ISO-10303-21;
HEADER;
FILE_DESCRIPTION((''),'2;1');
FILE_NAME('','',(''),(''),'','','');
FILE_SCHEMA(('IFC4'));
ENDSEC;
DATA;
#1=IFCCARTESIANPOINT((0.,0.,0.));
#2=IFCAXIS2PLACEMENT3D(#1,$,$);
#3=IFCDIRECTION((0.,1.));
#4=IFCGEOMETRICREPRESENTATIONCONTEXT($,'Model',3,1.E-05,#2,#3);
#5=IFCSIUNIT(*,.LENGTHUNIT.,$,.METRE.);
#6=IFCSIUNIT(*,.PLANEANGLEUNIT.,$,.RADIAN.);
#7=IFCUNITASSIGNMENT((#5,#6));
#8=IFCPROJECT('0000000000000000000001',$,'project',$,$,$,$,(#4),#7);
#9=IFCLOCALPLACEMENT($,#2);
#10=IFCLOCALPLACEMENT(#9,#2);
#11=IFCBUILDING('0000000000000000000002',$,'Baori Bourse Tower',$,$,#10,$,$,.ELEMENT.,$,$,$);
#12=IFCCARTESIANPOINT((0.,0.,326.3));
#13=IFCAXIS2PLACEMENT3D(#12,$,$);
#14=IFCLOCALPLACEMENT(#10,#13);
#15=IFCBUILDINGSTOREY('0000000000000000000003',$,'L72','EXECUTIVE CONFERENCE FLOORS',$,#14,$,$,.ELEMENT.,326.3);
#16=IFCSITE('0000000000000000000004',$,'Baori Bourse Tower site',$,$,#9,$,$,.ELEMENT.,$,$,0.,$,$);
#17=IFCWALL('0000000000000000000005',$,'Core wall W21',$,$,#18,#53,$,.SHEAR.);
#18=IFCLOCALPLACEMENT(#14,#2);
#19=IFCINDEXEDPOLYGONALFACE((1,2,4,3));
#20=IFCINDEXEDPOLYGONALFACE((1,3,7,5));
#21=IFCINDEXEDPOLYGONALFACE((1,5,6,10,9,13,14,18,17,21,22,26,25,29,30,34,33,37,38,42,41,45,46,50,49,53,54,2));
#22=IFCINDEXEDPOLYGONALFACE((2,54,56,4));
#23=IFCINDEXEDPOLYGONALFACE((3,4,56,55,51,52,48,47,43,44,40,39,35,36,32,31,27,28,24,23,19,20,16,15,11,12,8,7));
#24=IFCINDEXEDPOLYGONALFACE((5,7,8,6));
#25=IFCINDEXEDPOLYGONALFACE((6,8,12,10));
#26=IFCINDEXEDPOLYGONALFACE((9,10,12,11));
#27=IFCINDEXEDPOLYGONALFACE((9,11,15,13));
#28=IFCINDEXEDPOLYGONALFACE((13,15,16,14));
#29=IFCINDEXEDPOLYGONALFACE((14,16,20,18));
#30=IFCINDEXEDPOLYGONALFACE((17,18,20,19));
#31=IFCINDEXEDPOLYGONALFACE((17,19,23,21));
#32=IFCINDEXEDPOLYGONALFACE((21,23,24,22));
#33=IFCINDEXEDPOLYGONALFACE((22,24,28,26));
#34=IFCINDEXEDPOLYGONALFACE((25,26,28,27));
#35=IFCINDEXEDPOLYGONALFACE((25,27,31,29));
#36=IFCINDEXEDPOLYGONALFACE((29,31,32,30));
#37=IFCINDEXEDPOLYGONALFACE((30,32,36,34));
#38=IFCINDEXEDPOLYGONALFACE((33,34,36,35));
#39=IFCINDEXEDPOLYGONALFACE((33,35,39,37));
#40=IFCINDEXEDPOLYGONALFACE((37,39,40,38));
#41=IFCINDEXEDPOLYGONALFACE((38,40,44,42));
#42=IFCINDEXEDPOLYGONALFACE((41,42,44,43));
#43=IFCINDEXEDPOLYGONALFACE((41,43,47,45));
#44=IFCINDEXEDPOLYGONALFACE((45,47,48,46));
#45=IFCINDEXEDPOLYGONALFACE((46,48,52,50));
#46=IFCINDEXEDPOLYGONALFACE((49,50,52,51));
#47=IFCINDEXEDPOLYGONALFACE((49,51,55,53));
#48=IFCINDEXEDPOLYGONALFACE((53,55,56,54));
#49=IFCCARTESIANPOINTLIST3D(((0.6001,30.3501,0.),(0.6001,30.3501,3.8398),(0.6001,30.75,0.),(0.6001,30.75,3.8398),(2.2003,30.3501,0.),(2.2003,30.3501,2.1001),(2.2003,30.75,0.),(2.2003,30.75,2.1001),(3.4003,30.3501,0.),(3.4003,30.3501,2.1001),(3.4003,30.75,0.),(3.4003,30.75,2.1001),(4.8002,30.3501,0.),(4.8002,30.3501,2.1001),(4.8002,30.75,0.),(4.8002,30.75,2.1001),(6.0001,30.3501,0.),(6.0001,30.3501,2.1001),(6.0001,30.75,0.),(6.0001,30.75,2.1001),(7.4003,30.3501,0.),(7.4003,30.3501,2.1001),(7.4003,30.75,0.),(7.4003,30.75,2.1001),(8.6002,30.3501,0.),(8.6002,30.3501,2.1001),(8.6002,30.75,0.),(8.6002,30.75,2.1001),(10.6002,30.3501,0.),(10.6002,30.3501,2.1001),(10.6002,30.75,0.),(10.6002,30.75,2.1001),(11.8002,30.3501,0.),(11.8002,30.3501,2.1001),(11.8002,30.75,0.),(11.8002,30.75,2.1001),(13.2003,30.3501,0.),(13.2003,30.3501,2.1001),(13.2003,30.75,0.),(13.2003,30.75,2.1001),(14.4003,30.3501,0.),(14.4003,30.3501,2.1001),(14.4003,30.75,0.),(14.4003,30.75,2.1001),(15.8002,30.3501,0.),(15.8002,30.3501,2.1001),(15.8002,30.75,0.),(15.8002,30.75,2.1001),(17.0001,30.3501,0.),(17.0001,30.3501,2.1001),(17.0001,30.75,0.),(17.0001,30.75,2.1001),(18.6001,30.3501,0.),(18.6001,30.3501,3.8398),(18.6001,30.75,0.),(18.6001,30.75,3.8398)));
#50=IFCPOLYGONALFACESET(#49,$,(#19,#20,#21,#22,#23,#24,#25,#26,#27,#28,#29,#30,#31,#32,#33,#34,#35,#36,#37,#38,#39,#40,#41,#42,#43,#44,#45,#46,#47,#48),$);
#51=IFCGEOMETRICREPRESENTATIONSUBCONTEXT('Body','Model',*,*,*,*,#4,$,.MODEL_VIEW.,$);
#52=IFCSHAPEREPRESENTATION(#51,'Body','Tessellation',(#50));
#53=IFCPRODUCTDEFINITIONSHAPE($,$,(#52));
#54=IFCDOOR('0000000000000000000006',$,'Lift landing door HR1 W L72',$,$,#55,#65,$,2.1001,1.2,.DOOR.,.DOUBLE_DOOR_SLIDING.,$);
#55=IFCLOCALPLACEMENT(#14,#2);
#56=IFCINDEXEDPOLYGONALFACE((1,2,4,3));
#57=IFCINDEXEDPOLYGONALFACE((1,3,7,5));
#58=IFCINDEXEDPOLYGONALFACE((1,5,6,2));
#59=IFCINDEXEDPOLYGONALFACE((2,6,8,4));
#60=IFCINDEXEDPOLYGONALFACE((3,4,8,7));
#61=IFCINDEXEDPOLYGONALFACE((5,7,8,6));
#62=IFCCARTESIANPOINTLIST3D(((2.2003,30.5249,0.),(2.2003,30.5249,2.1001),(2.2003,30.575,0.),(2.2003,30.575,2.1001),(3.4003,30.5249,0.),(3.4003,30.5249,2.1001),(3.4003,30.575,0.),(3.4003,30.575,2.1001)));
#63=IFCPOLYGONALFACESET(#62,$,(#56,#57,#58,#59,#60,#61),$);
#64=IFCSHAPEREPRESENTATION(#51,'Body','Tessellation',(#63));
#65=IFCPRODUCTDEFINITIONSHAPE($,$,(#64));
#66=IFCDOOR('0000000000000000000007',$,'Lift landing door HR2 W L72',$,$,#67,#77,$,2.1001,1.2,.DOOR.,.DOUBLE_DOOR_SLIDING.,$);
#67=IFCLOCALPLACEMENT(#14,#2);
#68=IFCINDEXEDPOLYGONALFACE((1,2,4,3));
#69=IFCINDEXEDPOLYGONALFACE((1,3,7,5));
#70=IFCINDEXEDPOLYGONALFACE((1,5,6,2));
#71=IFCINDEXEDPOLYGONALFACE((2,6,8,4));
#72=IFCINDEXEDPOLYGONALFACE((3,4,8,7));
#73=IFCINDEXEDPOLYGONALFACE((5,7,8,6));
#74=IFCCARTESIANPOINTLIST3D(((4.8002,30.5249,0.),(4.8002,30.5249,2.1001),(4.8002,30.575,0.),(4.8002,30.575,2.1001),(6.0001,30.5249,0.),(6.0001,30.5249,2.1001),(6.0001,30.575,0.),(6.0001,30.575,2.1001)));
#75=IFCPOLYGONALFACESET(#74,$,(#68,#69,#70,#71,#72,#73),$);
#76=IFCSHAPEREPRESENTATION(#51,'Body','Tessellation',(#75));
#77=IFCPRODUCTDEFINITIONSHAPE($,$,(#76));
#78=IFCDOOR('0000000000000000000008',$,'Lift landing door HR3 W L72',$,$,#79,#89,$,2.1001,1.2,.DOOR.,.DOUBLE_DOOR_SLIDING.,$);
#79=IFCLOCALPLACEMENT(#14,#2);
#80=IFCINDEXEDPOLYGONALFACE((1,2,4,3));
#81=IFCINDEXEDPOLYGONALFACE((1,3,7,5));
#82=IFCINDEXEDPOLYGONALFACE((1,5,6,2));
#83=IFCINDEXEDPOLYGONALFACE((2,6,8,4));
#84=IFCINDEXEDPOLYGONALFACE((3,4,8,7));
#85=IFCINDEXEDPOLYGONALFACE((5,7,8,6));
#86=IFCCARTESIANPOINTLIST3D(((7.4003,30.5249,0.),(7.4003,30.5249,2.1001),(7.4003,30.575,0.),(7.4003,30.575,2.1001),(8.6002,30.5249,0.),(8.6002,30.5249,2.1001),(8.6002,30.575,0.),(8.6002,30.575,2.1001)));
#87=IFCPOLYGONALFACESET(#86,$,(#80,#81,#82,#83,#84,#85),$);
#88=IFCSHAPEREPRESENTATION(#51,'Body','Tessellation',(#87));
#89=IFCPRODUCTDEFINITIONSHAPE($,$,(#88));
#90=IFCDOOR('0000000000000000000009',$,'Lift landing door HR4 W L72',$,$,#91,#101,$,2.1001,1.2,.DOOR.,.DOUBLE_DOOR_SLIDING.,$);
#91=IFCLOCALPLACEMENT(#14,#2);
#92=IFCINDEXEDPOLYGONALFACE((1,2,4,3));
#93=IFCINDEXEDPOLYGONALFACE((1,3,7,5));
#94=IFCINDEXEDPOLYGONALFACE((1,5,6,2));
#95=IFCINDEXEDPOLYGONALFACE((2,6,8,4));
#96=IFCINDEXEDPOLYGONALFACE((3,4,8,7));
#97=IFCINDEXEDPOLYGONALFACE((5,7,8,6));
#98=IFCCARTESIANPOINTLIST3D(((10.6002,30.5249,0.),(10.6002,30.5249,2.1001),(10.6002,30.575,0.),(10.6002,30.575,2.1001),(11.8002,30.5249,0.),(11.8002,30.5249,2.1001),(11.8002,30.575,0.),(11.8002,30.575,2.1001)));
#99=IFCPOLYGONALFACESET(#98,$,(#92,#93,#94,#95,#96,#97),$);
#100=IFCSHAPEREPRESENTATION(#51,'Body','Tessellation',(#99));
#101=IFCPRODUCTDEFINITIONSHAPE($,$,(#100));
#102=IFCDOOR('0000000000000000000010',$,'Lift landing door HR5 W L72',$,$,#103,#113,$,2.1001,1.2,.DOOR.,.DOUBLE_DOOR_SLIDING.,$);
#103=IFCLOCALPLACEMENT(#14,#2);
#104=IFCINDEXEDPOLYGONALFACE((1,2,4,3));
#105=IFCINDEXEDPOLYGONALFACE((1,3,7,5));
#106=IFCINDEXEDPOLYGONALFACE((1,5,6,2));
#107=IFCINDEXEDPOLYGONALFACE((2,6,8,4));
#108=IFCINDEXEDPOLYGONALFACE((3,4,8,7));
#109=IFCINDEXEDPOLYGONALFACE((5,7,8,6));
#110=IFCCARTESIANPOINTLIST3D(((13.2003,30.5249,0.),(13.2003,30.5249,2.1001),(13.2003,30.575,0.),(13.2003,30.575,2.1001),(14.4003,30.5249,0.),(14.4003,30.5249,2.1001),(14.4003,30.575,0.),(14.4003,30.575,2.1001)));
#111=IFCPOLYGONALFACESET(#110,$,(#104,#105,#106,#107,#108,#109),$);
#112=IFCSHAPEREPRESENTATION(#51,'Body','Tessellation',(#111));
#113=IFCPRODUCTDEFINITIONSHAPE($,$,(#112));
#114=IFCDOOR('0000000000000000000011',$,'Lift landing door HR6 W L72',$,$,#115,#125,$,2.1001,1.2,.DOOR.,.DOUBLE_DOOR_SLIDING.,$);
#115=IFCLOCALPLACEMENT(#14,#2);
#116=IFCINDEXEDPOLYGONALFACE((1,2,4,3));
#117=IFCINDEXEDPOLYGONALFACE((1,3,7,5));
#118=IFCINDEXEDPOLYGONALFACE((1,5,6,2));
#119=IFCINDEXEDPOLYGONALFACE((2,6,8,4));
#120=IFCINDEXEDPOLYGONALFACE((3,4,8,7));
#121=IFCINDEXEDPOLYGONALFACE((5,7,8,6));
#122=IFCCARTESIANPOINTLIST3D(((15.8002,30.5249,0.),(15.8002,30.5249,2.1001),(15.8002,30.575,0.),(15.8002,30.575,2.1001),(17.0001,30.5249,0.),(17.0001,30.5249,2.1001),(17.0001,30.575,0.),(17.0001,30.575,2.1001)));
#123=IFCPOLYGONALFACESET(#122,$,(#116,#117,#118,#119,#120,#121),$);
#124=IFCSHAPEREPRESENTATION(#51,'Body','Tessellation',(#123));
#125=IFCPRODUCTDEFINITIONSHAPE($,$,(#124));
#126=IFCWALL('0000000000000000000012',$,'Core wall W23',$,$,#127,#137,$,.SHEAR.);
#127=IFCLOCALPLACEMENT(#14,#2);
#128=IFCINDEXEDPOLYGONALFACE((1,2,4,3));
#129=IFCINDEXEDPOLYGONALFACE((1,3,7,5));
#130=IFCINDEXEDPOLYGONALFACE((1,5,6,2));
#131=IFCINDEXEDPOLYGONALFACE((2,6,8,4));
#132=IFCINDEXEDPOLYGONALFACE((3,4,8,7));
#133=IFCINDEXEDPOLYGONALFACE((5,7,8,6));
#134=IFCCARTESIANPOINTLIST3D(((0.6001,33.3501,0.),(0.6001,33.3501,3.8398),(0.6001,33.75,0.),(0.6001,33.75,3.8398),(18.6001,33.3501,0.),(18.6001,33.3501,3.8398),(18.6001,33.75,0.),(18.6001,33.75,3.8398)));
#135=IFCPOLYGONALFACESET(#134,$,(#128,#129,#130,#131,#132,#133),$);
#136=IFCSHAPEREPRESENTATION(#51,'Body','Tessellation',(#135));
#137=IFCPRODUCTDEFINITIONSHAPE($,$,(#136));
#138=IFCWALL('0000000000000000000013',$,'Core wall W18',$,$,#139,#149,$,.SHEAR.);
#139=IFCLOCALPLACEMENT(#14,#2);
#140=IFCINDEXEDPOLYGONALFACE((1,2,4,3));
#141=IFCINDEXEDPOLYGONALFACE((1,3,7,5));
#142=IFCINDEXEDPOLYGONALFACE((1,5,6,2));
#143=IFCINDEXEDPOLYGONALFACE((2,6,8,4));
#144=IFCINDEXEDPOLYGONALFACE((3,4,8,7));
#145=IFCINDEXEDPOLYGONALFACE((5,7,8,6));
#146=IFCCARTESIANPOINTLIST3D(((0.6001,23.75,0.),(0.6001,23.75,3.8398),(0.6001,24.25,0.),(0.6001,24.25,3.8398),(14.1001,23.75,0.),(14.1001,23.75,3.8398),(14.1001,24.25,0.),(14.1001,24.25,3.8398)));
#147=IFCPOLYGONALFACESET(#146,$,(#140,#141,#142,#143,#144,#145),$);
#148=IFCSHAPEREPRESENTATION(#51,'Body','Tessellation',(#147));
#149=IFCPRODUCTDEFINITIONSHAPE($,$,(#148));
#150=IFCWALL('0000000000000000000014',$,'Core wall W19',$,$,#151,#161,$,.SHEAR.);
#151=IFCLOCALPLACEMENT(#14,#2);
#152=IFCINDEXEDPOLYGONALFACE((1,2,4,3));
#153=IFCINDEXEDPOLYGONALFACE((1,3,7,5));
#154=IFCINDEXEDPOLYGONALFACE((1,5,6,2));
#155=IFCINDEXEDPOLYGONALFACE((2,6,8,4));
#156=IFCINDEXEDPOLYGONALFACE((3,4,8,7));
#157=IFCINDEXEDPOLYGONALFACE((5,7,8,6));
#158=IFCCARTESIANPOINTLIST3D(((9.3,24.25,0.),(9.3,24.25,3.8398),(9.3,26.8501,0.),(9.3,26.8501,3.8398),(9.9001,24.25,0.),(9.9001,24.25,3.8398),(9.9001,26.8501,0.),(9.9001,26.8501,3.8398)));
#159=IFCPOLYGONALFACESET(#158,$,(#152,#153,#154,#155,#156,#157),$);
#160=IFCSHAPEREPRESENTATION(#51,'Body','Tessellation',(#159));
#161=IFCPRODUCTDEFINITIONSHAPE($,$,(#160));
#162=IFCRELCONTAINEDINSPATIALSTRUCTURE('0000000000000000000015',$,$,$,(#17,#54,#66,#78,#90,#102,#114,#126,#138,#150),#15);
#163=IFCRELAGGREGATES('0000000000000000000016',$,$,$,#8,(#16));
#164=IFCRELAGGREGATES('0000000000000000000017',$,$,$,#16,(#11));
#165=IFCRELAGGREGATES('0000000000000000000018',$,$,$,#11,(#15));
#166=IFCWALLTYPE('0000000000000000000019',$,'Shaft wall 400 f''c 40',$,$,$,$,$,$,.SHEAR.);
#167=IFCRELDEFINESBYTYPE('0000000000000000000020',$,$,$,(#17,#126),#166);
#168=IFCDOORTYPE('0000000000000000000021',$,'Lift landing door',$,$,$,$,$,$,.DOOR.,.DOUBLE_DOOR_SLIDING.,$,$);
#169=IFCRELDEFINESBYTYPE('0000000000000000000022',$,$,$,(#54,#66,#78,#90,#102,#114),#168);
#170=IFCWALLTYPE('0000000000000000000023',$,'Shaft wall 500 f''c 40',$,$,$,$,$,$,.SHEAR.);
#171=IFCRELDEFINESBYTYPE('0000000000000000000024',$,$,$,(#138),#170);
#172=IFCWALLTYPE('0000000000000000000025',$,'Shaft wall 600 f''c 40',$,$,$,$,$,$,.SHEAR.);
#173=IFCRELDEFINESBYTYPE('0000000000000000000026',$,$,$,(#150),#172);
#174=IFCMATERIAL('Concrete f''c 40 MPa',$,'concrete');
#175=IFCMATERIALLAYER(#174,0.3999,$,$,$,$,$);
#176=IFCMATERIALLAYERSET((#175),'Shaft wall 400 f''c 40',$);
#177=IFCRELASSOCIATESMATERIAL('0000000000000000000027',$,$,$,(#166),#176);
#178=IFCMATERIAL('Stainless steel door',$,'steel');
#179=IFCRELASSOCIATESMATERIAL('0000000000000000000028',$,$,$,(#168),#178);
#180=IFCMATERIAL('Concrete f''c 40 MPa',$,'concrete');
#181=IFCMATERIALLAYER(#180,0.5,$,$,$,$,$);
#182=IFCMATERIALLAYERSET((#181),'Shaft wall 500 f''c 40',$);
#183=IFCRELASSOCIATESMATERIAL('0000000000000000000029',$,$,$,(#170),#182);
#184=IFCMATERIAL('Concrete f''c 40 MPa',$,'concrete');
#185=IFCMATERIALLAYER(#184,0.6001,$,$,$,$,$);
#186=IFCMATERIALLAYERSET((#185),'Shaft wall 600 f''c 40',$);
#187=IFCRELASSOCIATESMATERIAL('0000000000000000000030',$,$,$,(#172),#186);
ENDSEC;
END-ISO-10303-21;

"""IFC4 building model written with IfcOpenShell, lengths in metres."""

from ifc_helpers import new_model, si_unit, direction, frame, frame_2d, origin, place, context, subcontext, project, spatial, rectangle, extrude, material, layer, layer_set, type_object, element, fill, save


model = new_model("IFC4")

# Units and contexts
model_context = context("Model", 3, precision=1e-05, world=origin(), true_north=direction((0.0, 1.0)))
body_context = subcontext(model_context, "Body", "Model", "MODEL_VIEW")
ifc_project = project(units=[si_unit("LENGTHUNIT", "METRE"), si_unit("PLANEANGLEUNIT", "RADIAN")], contexts=[model_context])

# Site, building, storey
site_placement = place(None, origin())
site = spatial("IfcSite", under=ifc_project, at=site_placement, Name="Baori Bourse Tower site", CompositionType="ELEMENT", RefElevation=0.0)
building_placement = place(site_placement, origin())
building = spatial("IfcBuilding", under=site, at=building_placement, Name="Baori Bourse Tower", CompositionType="ELEMENT")
storey_placement = place(building_placement, frame((0.0, 0.0, 326.3)))
storey = spatial("IfcBuildingStorey", under=building, at=storey_placement, Name="L72", Description="EXECUTIVE CONFERENCE FLOORS", CompositionType="ELEMENT", Elevation=326.3)

# Wall, openings, doors
ifc_material_1 = material(Name="Concrete f'c 40 MPa", Category="concrete")
ifc_layer_1 = layer(ifc_material_1, 0.3999)
ifc_layer_set_1 = layer_set([ifc_layer_1], Name="Shaft wall 400 f'c 40")
wall_type_1 = type_object("IfcWallType", Name="Shaft wall 400 f'c 40", PredefinedType="SHEAR", material=ifc_layer_set_1)
ifc_material_2 = material(Name="Stainless steel door", Category="steel")
door_type_1 = type_object("IfcDoorType", Name="Lift landing door", OperationType="DOUBLE_DOOR_SLIDING", PredefinedType="DOOR", material=ifc_material_2)
wall_1_placement = place(storey_placement, frame((0.6001, 30.55, 0.0), z_axis=(0.0, 0.0, 1.0), x_axis=(1.0, 0.0, 0.0)))
wall_1 = element("IfcWall", 1, at=wall_1_placement, inside=storey, type_object=wall_type_1, Name="Core wall W21", PredefinedType="SHEAR", context=body_context, shape_type="SweptSolid", body=[
    extrude(rectangle(XDim=18.0, YDim=0.3999, at=frame_2d((9.0, 0.0))), origin(), (0.0, 0.0, 1.0), 3.8398),
])
opening_1_placement = place(wall_1_placement, frame((1.6001, 0.0, 0.0)))
opening_1 = element("IfcOpeningElement", 2, at=opening_1_placement, cuts=wall_1, PredefinedType="OPENING", context=body_context, shape_type="SweptSolid", body=[
    extrude(rectangle(XDim=1.2, YDim=2.1001, at=frame_2d((0.6001, 1.05))), frame((0.0, 0.21, 0.0), z_axis=(0.0, -1.0, 0.0), x_axis=(1.0, 0.0, 0.0)), (0.0, 0.0, 1.0), 0.4199),
])
opening_2_placement = place(wall_1_placement, frame((4.2, 0.0, 0.0)))
opening_2 = element("IfcOpeningElement", 3, at=opening_2_placement, cuts=wall_1, PredefinedType="OPENING", context=body_context, shape_type="SweptSolid", body=[
    extrude(rectangle(XDim=1.2, YDim=2.1001, at=frame_2d((0.6001, 1.05))), frame((0.0, 0.21, 0.0), z_axis=(0.0, -1.0, 0.0), x_axis=(1.0, 0.0, 0.0)), (0.0, 0.0, 1.0), 0.4199),
])
opening_3_placement = place(wall_1_placement, frame((6.8, 0.0, 0.0)))
opening_3 = element("IfcOpeningElement", 4, at=opening_3_placement, cuts=wall_1, PredefinedType="OPENING", context=body_context, shape_type="SweptSolid", body=[
    extrude(rectangle(XDim=1.2, YDim=2.1001, at=frame_2d((0.6001, 1.05))), frame((0.0, 0.21, 0.0), z_axis=(0.0, -1.0, 0.0), x_axis=(1.0, 0.0, 0.0)), (0.0, 0.0, 1.0), 0.4199),
])
opening_4_placement = place(wall_1_placement, frame((10.0, 0.0, 0.0)))
opening_4 = element("IfcOpeningElement", 5, at=opening_4_placement, cuts=wall_1, PredefinedType="OPENING", context=body_context, shape_type="SweptSolid", body=[
    extrude(rectangle(XDim=1.2, YDim=2.1001, at=frame_2d((0.6001, 1.05))), frame((0.0, 0.21, 0.0), z_axis=(0.0, -1.0, 0.0), x_axis=(1.0, 0.0, 0.0)), (0.0, 0.0, 1.0), 0.4199),
])
opening_5_placement = place(wall_1_placement, frame((12.6001, 0.0, 0.0)))
opening_5 = element("IfcOpeningElement", 6, at=opening_5_placement, cuts=wall_1, PredefinedType="OPENING", context=body_context, shape_type="SweptSolid", body=[
    extrude(rectangle(XDim=1.2, YDim=2.1001, at=frame_2d((0.6001, 1.05))), frame((0.0, 0.21, 0.0), z_axis=(0.0, -1.0, 0.0), x_axis=(1.0, 0.0, 0.0)), (0.0, 0.0, 1.0), 0.4199),
])
opening_6_placement = place(wall_1_placement, frame((15.2, 0.0, 0.0)))
opening_6 = element("IfcOpeningElement", 7, at=opening_6_placement, cuts=wall_1, PredefinedType="OPENING", context=body_context, shape_type="SweptSolid", body=[
    extrude(rectangle(XDim=1.2, YDim=2.1001, at=frame_2d((0.6001, 1.05))), frame((0.0, 0.21, 0.0), z_axis=(0.0, -1.0, 0.0), x_axis=(1.0, 0.0, 0.0)), (0.0, 0.0, 1.0), 0.4199),
])
door_1_placement = place(opening_1_placement, origin())
door_1 = element("IfcDoor", 8, at=door_1_placement, inside=storey, type_object=door_type_1, Name="Lift landing door HR1 W L72", OperationType="DOUBLE_DOOR_SLIDING", OverallHeight=2.1001, OverallWidth=1.2, PredefinedType="DOOR", context=body_context, shape_type="SweptSolid", body=[
    extrude(rectangle(XDim=1.2, YDim=2.1001, at=frame_2d((0.6001, 1.05))), frame((0.0, 0.0249, 0.0), z_axis=(0.0, -1.0, 0.0), x_axis=(1.0, 0.0, 0.0)), (0.0, 0.0, 1.0), 0.05),
])
fill(opening_1, door_1)
door_2_placement = place(opening_2_placement, origin())
door_2 = element("IfcDoor", 9, at=door_2_placement, inside=storey, type_object=door_type_1, Name="Lift landing door HR2 W L72", OperationType="DOUBLE_DOOR_SLIDING", OverallHeight=2.1001, OverallWidth=1.2, PredefinedType="DOOR", context=body_context, shape_type="SweptSolid", body=[
    extrude(rectangle(XDim=1.2, YDim=2.1001, at=frame_2d((0.6001, 1.05))), frame((0.0, 0.0249, 0.0), z_axis=(0.0, -1.0, 0.0), x_axis=(1.0, 0.0, 0.0)), (0.0, 0.0, 1.0), 0.05),
])
fill(opening_2, door_2)
door_3_placement = place(opening_3_placement, origin())
door_3 = element("IfcDoor", 10, at=door_3_placement, inside=storey, type_object=door_type_1, Name="Lift landing door HR3 W L72", OperationType="DOUBLE_DOOR_SLIDING", OverallHeight=2.1001, OverallWidth=1.2, PredefinedType="DOOR", context=body_context, shape_type="SweptSolid", body=[
    extrude(rectangle(XDim=1.2, YDim=2.1001, at=frame_2d((0.6001, 1.05))), frame((0.0, 0.0249, 0.0), z_axis=(0.0, -1.0, 0.0), x_axis=(1.0, 0.0, 0.0)), (0.0, 0.0, 1.0), 0.05),
])
fill(opening_3, door_3)
door_4_placement = place(opening_4_placement, origin())
door_4 = element("IfcDoor", 11, at=door_4_placement, inside=storey, type_object=door_type_1, Name="Lift landing door HR4 W L72", OperationType="DOUBLE_DOOR_SLIDING", OverallHeight=2.1001, OverallWidth=1.2, PredefinedType="DOOR", context=body_context, shape_type="SweptSolid", body=[
    extrude(rectangle(XDim=1.2, YDim=2.1001, at=frame_2d((0.6001, 1.05))), frame((0.0, 0.0249, 0.0), z_axis=(0.0, -1.0, 0.0), x_axis=(1.0, 0.0, 0.0)), (0.0, 0.0, 1.0), 0.05),
])
fill(opening_4, door_4)
door_5_placement = place(opening_5_placement, origin())
door_5 = element("IfcDoor", 12, at=door_5_placement, inside=storey, type_object=door_type_1, Name="Lift landing door HR5 W L72", OperationType="DOUBLE_DOOR_SLIDING", OverallHeight=2.1001, OverallWidth=1.2, PredefinedType="DOOR", context=body_context, shape_type="SweptSolid", body=[
    extrude(rectangle(XDim=1.2, YDim=2.1001, at=frame_2d((0.6001, 1.05))), frame((0.0, 0.0249, 0.0), z_axis=(0.0, -1.0, 0.0), x_axis=(1.0, 0.0, 0.0)), (0.0, 0.0, 1.0), 0.05),
])
fill(opening_5, door_5)
door_6_placement = place(opening_6_placement, origin())
door_6 = element("IfcDoor", 13, at=door_6_placement, inside=storey, type_object=door_type_1, Name="Lift landing door HR6 W L72", OperationType="DOUBLE_DOOR_SLIDING", OverallHeight=2.1001, OverallWidth=1.2, PredefinedType="DOOR", context=body_context, shape_type="SweptSolid", body=[
    extrude(rectangle(XDim=1.2, YDim=2.1001, at=frame_2d((0.6001, 1.05))), frame((0.0, 0.0249, 0.0), z_axis=(0.0, -1.0, 0.0), x_axis=(1.0, 0.0, 0.0)), (0.0, 0.0, 1.0), 0.05),
])
fill(opening_6, door_6)

# Walls
wall_2_placement = place(storey_placement, frame((0.6001, 33.55, 0.0), z_axis=(0.0, 0.0, 1.0), x_axis=(1.0, 0.0, 0.0)))
element("IfcWall", 14, at=wall_2_placement, inside=storey, type_object=wall_type_1, Name="Core wall W23", PredefinedType="SHEAR", context=body_context, shape_type="SweptSolid", body=[
    extrude(rectangle(XDim=18.0, YDim=0.3999, at=frame_2d((9.0, 0.0))), origin(), (0.0, 0.0, 1.0), 3.8398),
])
ifc_material_3 = material(Name="Concrete f'c 40 MPa", Category="concrete")
ifc_layer_2 = layer(ifc_material_3, 0.5)
ifc_layer_set_2 = layer_set([ifc_layer_2], Name="Shaft wall 500 f'c 40")
wall_type_2 = type_object("IfcWallType", Name="Shaft wall 500 f'c 40", PredefinedType="SHEAR", material=ifc_layer_set_2)
wall_3_placement = place(storey_placement, frame((0.6001, 24.0, 0.0), z_axis=(0.0, 0.0, 1.0), x_axis=(1.0, 0.0, 0.0)))
element("IfcWall", 15, at=wall_3_placement, inside=storey, type_object=wall_type_2, Name="Core wall W18", PredefinedType="SHEAR", context=body_context, shape_type="SweptSolid", body=[
    extrude(rectangle(XDim=13.5, YDim=0.5, at=frame_2d((6.75, 0.0))), origin(), (0.0, 0.0, 1.0), 3.8398),
])
ifc_material_4 = material(Name="Concrete f'c 40 MPa", Category="concrete")
ifc_layer_3 = layer(ifc_material_4, 0.6001)
ifc_layer_set_3 = layer_set([ifc_layer_3], Name="Shaft wall 600 f'c 40")
wall_type_3 = type_object("IfcWallType", Name="Shaft wall 600 f'c 40", PredefinedType="SHEAR", material=ifc_layer_set_3)
for number, where, z_axis, x_axis, name in (
    (16, (9.6001, 24.25, 0.0), (0.0, 0.0, 1.0), (0.0, 1.0, 0.0), "Core wall W19"),
):
    element("IfcWall", number, at=place(storey_placement, frame(where, z_axis=z_axis, x_axis=x_axis)), inside=storey, type_object=wall_type_3, Name=name, PredefinedType="SHEAR", context=body_context, shape_type="SweptSolid", body=[
        extrude(rectangle(XDim=2.6001, YDim=0.6001, at=frame_2d((1.3, 0.0))), origin(), (0.0, 0.0, 1.0), 3.8398),
    ])

save(model, "model.ifc")
